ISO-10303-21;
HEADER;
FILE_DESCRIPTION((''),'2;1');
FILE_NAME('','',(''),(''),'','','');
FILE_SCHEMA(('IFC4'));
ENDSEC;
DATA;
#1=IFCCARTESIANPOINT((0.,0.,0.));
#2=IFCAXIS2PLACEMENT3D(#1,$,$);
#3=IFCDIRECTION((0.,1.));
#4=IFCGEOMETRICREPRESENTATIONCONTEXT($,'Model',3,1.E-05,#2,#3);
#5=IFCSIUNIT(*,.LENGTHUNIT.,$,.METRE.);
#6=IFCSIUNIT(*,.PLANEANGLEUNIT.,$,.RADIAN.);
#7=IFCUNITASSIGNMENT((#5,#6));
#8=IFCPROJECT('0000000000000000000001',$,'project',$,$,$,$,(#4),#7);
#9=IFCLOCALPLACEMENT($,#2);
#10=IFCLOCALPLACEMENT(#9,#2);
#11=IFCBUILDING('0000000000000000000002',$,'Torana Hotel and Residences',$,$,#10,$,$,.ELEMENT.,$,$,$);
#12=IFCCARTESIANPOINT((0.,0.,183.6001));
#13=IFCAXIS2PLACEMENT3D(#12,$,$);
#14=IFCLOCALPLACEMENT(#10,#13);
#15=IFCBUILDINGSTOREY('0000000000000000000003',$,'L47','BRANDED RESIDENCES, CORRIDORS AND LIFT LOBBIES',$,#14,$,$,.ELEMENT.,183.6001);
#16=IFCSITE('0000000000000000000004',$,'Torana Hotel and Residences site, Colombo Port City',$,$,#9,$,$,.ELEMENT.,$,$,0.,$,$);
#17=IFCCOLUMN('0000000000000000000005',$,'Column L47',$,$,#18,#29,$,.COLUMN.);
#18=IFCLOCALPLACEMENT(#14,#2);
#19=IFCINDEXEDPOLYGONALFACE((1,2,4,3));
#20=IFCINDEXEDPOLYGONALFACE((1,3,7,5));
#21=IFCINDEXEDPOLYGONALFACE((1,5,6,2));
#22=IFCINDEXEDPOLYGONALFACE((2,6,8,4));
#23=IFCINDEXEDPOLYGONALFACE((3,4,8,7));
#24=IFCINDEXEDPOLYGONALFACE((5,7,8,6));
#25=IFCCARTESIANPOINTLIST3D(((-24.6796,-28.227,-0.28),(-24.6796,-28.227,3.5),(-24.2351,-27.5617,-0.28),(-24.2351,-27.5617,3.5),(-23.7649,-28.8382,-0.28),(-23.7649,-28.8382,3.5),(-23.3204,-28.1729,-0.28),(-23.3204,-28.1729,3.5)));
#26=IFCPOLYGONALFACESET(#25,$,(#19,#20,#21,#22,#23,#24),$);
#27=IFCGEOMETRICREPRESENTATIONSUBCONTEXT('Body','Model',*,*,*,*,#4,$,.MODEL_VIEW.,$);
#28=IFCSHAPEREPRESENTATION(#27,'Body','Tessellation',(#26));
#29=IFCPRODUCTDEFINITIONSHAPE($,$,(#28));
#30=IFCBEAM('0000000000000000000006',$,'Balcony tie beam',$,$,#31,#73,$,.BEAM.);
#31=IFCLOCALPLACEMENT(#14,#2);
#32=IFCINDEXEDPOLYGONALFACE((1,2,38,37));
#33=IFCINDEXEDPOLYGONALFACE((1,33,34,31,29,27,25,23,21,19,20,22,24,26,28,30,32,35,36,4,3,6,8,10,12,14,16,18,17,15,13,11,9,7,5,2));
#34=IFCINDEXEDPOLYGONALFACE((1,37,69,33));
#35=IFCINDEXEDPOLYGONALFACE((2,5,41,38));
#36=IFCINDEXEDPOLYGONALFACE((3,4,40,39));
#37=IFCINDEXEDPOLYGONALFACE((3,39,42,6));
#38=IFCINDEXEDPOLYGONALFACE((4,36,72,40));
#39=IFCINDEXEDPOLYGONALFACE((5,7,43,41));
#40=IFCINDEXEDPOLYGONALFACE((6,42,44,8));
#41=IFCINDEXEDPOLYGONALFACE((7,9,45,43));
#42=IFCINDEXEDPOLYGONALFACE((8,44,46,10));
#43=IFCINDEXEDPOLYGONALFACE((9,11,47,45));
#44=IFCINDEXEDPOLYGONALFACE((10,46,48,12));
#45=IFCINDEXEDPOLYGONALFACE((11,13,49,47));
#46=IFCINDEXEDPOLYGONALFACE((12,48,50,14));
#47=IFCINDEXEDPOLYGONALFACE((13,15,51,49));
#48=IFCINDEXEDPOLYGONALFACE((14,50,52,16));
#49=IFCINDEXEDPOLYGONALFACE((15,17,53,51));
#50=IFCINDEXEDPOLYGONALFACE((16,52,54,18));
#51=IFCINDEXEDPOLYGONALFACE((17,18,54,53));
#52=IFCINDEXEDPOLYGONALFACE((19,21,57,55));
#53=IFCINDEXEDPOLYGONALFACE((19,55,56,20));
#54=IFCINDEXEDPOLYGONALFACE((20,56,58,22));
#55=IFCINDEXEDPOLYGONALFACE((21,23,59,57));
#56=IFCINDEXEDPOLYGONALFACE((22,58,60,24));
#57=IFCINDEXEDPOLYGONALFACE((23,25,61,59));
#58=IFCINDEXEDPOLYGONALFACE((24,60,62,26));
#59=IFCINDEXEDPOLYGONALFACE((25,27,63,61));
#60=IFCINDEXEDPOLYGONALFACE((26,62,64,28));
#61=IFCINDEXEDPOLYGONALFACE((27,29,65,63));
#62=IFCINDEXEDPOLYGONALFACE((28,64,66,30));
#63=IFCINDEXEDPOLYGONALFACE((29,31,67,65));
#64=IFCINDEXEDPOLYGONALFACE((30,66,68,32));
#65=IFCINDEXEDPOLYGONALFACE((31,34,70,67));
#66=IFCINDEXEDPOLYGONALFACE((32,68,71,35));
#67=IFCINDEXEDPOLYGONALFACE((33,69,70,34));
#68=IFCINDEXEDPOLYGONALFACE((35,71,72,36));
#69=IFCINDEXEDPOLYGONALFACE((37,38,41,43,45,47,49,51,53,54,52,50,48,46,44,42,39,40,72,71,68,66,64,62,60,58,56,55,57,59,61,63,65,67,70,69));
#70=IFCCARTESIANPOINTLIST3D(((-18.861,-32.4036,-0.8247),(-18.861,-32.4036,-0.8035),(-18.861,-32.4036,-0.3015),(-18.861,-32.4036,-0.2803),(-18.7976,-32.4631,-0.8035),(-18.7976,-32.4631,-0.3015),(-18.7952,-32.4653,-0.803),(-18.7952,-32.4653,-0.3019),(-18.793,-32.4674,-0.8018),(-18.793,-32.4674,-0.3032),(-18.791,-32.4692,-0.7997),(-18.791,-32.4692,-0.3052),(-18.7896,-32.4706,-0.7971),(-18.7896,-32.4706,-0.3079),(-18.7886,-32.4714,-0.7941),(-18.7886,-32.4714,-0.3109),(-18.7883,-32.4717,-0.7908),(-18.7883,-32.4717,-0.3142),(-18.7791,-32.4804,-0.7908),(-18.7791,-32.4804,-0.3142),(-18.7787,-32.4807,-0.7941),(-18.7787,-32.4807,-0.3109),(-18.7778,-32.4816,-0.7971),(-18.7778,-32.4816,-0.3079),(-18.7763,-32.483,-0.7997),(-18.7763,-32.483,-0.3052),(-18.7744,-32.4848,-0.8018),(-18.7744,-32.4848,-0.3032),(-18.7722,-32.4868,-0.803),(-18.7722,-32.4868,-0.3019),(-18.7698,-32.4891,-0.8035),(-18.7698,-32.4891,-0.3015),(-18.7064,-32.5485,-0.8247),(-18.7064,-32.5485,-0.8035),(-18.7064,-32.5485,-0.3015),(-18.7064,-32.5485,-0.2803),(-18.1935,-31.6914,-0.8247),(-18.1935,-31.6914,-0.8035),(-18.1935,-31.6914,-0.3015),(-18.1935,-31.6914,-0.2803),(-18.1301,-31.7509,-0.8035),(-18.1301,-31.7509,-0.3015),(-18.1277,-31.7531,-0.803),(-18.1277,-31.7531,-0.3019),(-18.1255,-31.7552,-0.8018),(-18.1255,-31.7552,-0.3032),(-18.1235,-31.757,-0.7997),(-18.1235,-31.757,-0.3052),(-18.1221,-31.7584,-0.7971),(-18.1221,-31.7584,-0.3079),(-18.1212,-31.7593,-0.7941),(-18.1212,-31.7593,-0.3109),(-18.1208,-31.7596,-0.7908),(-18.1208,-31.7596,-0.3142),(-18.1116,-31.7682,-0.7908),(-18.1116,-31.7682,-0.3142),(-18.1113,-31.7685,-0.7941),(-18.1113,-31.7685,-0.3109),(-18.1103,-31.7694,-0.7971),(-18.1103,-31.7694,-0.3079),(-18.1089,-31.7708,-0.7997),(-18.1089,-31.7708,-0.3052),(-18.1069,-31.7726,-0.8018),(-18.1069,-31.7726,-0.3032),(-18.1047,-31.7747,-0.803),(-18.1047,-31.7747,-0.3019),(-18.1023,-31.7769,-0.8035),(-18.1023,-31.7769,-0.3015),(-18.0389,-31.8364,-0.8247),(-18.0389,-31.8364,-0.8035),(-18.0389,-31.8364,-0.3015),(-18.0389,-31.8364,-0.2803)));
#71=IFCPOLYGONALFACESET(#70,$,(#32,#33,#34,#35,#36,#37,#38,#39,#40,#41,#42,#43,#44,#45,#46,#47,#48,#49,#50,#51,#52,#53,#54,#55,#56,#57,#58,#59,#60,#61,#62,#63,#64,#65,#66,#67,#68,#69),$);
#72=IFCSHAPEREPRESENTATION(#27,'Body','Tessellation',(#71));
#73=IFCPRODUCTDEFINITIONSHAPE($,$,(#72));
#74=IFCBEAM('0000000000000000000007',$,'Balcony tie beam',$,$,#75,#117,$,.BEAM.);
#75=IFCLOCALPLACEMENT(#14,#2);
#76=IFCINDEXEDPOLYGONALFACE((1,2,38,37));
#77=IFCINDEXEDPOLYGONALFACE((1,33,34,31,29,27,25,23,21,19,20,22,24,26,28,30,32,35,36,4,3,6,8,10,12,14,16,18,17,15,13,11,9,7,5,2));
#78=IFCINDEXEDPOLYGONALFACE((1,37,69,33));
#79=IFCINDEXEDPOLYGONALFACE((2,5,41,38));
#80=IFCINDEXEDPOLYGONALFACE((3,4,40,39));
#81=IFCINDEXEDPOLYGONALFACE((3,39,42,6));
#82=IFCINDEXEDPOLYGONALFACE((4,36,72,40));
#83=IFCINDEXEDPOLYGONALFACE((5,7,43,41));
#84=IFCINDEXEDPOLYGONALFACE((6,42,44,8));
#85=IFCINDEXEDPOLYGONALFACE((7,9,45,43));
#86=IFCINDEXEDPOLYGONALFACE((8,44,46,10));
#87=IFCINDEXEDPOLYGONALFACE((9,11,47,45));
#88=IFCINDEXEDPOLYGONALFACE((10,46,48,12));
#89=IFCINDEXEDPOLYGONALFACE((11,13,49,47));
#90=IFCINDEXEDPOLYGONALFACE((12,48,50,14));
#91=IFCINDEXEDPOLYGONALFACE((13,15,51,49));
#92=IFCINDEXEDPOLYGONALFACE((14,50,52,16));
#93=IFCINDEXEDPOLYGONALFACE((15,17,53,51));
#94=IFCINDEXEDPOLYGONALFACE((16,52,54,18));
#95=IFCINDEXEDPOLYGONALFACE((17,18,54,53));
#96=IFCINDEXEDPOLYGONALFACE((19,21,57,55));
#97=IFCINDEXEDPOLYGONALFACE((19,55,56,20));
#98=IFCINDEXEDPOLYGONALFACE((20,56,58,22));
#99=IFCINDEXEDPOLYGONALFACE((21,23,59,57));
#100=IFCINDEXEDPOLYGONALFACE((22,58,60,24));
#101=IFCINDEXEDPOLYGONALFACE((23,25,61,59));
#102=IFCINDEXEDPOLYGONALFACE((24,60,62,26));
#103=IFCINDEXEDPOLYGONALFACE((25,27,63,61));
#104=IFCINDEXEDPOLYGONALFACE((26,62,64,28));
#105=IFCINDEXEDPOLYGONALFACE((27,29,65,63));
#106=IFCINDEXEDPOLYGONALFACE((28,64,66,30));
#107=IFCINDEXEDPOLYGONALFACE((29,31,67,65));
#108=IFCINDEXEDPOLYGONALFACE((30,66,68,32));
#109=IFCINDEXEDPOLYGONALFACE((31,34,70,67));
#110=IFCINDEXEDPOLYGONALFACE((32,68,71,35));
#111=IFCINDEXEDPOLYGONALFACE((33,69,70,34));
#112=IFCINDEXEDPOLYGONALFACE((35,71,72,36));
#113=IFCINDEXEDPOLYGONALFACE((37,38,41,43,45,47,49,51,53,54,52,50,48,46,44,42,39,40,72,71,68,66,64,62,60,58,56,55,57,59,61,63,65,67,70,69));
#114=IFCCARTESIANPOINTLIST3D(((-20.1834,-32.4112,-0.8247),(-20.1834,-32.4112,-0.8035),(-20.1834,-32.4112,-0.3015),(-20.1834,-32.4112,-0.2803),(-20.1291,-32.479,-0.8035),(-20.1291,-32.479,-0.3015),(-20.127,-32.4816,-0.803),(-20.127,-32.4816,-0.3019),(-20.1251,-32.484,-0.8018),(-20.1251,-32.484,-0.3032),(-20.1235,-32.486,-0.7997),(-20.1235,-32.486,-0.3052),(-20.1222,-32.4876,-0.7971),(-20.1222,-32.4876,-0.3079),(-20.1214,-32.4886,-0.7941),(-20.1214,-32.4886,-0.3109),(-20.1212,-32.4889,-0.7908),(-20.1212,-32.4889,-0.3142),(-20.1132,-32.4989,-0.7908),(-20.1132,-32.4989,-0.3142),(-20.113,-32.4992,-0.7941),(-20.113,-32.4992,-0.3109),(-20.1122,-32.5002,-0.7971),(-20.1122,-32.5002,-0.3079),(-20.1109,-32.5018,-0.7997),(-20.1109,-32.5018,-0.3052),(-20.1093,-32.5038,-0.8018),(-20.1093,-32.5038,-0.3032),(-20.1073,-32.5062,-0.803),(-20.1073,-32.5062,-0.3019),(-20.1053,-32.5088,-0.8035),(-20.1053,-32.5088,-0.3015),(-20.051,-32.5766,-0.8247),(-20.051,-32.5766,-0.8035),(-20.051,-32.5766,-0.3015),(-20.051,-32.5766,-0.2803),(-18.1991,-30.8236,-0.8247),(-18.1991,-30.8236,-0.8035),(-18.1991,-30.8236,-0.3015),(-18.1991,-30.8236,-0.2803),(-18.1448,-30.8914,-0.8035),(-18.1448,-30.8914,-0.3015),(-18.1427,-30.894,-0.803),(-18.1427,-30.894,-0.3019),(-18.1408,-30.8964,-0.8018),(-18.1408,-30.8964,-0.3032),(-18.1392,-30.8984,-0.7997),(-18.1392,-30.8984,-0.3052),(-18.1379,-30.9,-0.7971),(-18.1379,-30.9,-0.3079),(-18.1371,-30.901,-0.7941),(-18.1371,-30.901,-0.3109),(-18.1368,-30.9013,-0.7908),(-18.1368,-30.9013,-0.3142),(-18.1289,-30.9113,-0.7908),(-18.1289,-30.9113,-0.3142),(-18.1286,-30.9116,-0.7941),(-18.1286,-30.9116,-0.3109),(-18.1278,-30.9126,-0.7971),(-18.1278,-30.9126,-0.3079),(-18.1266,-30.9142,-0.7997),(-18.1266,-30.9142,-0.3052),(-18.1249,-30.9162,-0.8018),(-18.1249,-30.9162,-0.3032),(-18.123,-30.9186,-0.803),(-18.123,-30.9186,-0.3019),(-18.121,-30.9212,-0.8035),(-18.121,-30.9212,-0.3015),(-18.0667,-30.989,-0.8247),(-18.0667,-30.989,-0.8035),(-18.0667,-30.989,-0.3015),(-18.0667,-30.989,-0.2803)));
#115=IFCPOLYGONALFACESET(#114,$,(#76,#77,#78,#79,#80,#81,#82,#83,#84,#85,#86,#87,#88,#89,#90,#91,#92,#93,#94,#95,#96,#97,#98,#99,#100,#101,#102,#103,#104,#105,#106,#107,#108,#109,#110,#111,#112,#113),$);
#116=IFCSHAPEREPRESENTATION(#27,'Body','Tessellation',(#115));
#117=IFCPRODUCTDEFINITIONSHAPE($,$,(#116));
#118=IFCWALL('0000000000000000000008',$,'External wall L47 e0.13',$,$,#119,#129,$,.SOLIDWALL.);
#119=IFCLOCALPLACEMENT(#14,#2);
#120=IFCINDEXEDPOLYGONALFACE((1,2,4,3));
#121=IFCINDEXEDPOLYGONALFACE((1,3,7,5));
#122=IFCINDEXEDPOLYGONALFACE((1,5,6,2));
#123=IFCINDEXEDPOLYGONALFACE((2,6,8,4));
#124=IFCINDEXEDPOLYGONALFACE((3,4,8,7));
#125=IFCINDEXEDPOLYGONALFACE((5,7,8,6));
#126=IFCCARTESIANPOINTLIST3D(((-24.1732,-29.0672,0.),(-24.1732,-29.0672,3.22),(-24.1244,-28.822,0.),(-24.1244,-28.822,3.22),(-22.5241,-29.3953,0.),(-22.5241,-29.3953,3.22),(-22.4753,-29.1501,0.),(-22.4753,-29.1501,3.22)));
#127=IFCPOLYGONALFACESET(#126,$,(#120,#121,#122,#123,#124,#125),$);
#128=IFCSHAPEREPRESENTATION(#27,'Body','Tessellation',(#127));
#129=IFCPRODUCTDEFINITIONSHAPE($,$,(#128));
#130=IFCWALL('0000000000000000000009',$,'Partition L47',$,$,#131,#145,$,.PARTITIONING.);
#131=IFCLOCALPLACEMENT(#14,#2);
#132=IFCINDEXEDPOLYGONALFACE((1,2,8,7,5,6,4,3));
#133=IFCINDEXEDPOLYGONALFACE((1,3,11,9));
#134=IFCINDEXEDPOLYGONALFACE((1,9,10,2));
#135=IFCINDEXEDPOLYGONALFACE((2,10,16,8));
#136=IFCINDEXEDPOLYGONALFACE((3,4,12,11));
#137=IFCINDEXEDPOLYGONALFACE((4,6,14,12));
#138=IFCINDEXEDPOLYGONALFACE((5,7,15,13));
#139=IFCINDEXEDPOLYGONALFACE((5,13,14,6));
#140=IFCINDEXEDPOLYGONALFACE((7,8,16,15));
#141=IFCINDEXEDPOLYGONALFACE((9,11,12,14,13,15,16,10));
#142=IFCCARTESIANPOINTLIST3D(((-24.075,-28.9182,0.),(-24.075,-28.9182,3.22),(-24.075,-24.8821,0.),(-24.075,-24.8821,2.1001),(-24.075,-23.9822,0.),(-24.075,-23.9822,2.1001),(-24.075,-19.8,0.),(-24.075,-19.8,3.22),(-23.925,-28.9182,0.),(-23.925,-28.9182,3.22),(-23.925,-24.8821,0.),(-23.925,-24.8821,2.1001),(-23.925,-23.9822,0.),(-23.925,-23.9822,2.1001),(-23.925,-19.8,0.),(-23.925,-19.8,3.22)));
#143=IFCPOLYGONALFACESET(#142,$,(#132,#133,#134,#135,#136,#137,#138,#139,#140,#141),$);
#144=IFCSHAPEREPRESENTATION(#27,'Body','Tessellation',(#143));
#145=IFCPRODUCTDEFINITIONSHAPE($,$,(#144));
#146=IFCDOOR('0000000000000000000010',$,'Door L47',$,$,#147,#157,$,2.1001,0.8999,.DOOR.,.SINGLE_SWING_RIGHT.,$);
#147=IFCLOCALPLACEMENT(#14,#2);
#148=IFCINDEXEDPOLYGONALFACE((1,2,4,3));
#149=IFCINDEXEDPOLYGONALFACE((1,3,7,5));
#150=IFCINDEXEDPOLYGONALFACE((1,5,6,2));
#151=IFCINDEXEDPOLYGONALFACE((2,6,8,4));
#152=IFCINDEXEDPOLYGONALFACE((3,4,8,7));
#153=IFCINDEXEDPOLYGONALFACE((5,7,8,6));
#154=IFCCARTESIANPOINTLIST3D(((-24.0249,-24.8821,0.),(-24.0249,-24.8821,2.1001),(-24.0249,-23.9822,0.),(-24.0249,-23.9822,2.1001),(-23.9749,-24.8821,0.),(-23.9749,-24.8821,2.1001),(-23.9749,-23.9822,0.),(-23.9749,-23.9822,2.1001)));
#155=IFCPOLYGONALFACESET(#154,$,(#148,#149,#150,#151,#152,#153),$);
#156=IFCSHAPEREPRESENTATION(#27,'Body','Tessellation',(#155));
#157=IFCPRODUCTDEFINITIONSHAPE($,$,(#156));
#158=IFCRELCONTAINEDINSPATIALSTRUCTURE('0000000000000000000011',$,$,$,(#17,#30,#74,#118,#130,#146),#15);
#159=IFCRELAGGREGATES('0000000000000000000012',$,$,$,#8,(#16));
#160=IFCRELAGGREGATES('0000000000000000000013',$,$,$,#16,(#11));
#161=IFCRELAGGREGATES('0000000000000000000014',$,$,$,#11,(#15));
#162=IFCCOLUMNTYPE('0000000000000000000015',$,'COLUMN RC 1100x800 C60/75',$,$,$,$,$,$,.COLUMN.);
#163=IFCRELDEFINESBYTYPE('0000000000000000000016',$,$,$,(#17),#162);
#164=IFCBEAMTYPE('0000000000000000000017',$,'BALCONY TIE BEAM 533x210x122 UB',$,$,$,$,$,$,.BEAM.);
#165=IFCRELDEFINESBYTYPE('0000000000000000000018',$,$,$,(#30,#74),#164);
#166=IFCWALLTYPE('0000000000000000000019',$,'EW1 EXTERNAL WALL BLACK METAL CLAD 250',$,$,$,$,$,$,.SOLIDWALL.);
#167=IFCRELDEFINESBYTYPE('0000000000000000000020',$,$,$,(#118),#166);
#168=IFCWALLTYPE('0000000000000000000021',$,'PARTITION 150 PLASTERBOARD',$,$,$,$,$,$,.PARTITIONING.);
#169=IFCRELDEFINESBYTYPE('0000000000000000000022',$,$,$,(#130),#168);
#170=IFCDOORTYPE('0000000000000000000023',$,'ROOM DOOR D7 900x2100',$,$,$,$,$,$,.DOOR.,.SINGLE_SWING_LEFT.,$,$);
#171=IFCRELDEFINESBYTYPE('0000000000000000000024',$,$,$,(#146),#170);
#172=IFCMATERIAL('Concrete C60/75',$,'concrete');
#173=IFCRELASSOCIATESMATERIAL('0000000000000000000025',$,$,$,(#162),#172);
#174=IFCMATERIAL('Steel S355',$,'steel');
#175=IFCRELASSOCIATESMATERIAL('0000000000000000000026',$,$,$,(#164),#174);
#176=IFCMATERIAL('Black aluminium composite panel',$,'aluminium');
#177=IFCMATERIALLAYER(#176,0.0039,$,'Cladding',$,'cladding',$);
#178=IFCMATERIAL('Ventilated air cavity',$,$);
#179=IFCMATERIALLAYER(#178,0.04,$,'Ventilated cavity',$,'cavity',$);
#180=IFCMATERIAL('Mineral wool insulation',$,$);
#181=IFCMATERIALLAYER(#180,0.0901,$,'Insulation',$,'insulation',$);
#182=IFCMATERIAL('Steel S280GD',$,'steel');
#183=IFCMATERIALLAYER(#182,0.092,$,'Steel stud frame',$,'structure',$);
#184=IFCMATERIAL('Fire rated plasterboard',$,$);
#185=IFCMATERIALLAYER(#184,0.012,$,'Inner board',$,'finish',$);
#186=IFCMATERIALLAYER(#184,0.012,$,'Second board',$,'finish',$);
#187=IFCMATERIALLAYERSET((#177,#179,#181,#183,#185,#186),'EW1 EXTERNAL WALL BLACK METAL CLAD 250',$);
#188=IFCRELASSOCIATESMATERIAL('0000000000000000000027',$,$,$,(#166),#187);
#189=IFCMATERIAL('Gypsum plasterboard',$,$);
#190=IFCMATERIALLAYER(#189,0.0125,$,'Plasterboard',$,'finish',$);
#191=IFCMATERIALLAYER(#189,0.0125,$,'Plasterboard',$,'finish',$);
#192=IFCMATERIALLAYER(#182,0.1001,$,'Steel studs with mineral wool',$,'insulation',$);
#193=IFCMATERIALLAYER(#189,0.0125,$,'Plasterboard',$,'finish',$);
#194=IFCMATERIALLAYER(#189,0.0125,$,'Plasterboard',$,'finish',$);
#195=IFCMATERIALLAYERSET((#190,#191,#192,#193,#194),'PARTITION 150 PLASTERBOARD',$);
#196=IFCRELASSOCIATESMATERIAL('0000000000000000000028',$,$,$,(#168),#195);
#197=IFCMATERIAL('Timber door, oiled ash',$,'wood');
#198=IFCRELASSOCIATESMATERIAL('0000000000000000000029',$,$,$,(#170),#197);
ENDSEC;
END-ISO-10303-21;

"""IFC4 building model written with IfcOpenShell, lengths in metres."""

from ifc_helpers import new_model, si_unit, direction, frame, frame_2d, origin, origin_2d, place, context, subcontext, project, spatial, rectangle, i_section, extrude, material, layer, layer_set, material_profile, profile_set, type_object, element, fill, save


model = new_model("IFC4")

# Units and contexts
model_context = context("Model", 3, precision=1e-05, world=origin(), true_north=direction((0.0, 1.0)))
body_context = subcontext(model_context, "Body", "Model", "MODEL_VIEW")
ifc_project = project(units=[si_unit("LENGTHUNIT", "METRE"), si_unit("PLANEANGLEUNIT", "RADIAN")], contexts=[model_context])

# Site, building, storey
site_placement = place(None, origin())
site = spatial("IfcSite", under=ifc_project, at=site_placement, Name="Torana Hotel and Residences site, Colombo Port City", CompositionType="ELEMENT", RefElevation=0.0)
building_placement = place(site_placement, origin())
building = spatial("IfcBuilding", under=site, at=building_placement, Name="Torana Hotel and Residences", CompositionType="ELEMENT")
storey_placement = place(building_placement, frame((0.0, 0.0, 183.6001)))
storey = spatial("IfcBuildingStorey", under=building, at=storey_placement, Name="L47", Description="BRANDED RESIDENCES, CORRIDORS AND LIFT LOBBIES", CompositionType="ELEMENT", Elevation=183.6001)

# Column
ifc_material_1 = material(Name="Concrete C60/75", Category="concrete")
ifc_material_profile_1 = material_profile(ifc_material_1, rectangle(XDim=1.1001, YDim=0.8, at=origin_2d()), Name="RC 1100x800")
ifc_profile_set_1 = profile_set([ifc_material_profile_1], Name="Concrete C60/75")
column_type = type_object("IfcColumnType", Name="COLUMN RC 1100x800 C60/75", PredefinedType="COLUMN", material=ifc_profile_set_1)
column_placement = place(storey_placement, frame((-24.0, -28.2, -0.28), z_axis=(0.0, 0.0, 1.0), x_axis=(-0.83146, 0.555585, 0.0)))
element("IfcColumn", 1, at=column_placement, inside=storey, type_object=column_type, Name="Column L47", PredefinedType="COLUMN", context=body_context, shape_type="SweptSolid", body=[
    extrude(rectangle(XDim=1.1001, YDim=0.8, at=origin_2d()), origin(), (0.0, 0.0, 1.0), 3.78),
])

# Beams
ifc_material_2 = material(Name="Steel S355", Category="steel")
ifc_material_profile_2 = material_profile(ifc_material_2, i_section(OverallWidth=0.2119, OverallDepth=0.5444, WebThickness=0.0127, FlangeThickness=0.0212, FilletRadius=0.0127, at=origin_2d()), Name="533x210x122 UB")
ifc_profile_set_2 = profile_set([ifc_material_profile_2], Name="Steel S355")
beam_type = type_object("IfcBeamType", Name="BALCONY TIE BEAM 533x210x122 UB", PredefinedType="BEAM", material=ifc_profile_set_2)
beam_1_placement = place(storey_placement, frame((-18.7837, -32.4761, -0.5525), z_axis=(0.68385, 0.729623, 0.0), x_axis=(-0.729623, 0.68385, 0.0)))
element("IfcBeam", 2, at=beam_1_placement, inside=storey, type_object=beam_type, Name="Balcony tie beam", PredefinedType="BEAM", context=body_context, shape_type="SweptSolid", body=[
    extrude(i_section(OverallWidth=0.2119, OverallDepth=0.5444, WebThickness=0.0127, FlangeThickness=0.0212, FilletRadius=0.0127, at=origin_2d()), origin(), (0.0, 0.0, 1.0), 0.9761),
])
beam_2_placement = place(storey_placement, frame((-20.1172, -32.4939, -0.5525), z_axis=(0.780841, 0.62473, 0.0), x_axis=(-0.62473, 0.780841, 0.0)))
element("IfcBeam", 3, at=beam_2_placement, inside=storey, type_object=beam_type, Name="Balcony tie beam", PredefinedType="BEAM", context=body_context, shape_type="SweptSolid", body=[
    extrude(i_section(OverallWidth=0.2119, OverallDepth=0.5444, WebThickness=0.0127, FlangeThickness=0.0212, FilletRadius=0.0127, at=origin_2d()), origin(), (0.0, 0.0, 1.0), 2.5413),
])

# Wall
ifc_material_3 = material(Name="Black aluminium composite panel", Category="aluminium")
ifc_layer_1 = layer(ifc_material_3, 0.0039, Name="Cladding", Category="cladding")
ifc_material_4 = material(Name="Ventilated air cavity")
ifc_layer_2 = layer(ifc_material_4, 0.04, Name="Ventilated cavity", Category="cavity")
ifc_material_5 = material(Name="Mineral wool insulation")
ifc_layer_3 = layer(ifc_material_5, 0.0901, Name="Insulation", Category="insulation")
ifc_material_6 = material(Name="Steel S280GD", Category="steel")
ifc_layer_4 = layer(ifc_material_6, 0.092, Name="Steel stud frame", Category="structure")
ifc_material_7 = material(Name="Fire rated plasterboard")
ifc_layer_5 = layer(ifc_material_7, 0.012, Name="Inner board", Category="finish")
ifc_layer_6 = layer(ifc_material_7, 0.012, Name="Second board", Category="finish")
ifc_layer_set_1 = layer_set([ifc_layer_1, ifc_layer_2, ifc_layer_3, ifc_layer_4, ifc_layer_5, ifc_layer_6], Name="EW1 EXTERNAL WALL BLACK METAL CLAD 250")
wall_type_1 = type_object("IfcWallType", Name="EW1 EXTERNAL WALL BLACK METAL CLAD 250", PredefinedType="SOLIDWALL", material=ifc_layer_set_1)
wall_1_placement = place(storey_placement, frame((-24.1489, -28.9446, 0.0), z_axis=(0.0, 0.0, 1.0), x_axis=(0.980776, -0.195139, 0.0)))
element("IfcWall", 4, at=wall_1_placement, inside=storey, type_object=wall_type_1, Name="External wall L47 e0.13", PredefinedType="SOLIDWALL", context=body_context, shape_type="SweptSolid", body=[
    extrude(rectangle(XDim=1.6814, YDim=0.25, at=frame_2d((0.8408, 0.0))), origin(), (0.0, 0.0, 1.0), 3.22),
])

# Wall, opening, door
ifc_material_8 = material(Name="Gypsum plasterboard")
ifc_layer_7 = layer(ifc_material_8, 0.0125, Name="Plasterboard", Category="finish")
ifc_layer_8 = layer(ifc_material_8, 0.0125, Name="Plasterboard", Category="finish")
ifc_layer_9 = layer(ifc_material_6, 0.1001, Name="Steel studs with mineral wool", Category="insulation")
ifc_layer_10 = layer(ifc_material_8, 0.0125, Name="Plasterboard", Category="finish")
ifc_layer_11 = layer(ifc_material_8, 0.0125, Name="Plasterboard", Category="finish")
ifc_layer_set_2 = layer_set([ifc_layer_7, ifc_layer_8, ifc_layer_9, ifc_layer_10, ifc_layer_11], Name="PARTITION 150 PLASTERBOARD")
wall_type_2 = type_object("IfcWallType", Name="PARTITION 150 PLASTERBOARD", PredefinedType="PARTITIONING", material=ifc_layer_set_2)
wall_2_placement = place(storey_placement, frame((-24.0, -28.9182, 0.0), z_axis=(0.0, 0.0, 1.0), x_axis=(0.0, 1.0, 0.0)))
wall_2 = element("IfcWall", 5, at=wall_2_placement, inside=storey, type_object=wall_type_2, Name="Partition L47", PredefinedType="PARTITIONING", context=body_context, shape_type="SweptSolid", body=[
    extrude(rectangle(XDim=9.1182, YDim=0.1499, at=frame_2d((4.5591, 0.0))), origin(), (0.0, 0.0, 1.0), 3.22),
])
opening_1_placement = place(wall_2_placement, frame((4.0361, 0.0, 0.0)))
opening_1 = element("IfcOpeningElement", 6, at=opening_1_placement, cuts=wall_2, PredefinedType="OPENING", context=body_context, shape_type="SweptSolid", body=[
    extrude(rectangle(XDim=0.8999, YDim=2.1001, at=frame_2d((0.45, 1.05))), frame((0.0, 0.085, 0.0), z_axis=(0.0, -1.0, 0.0), x_axis=(1.0, 0.0, 0.0)), (0.0, 0.0, 1.0), 0.1699),
])
ifc_material_9 = material(Name="Timber door, oiled ash", Category="wood")
door_type_1 = type_object("IfcDoorType", Name="ROOM DOOR D7 900x2100", OperationType="SINGLE_SWING_LEFT", PredefinedType="DOOR", material=ifc_material_9)
door_1_placement = place(opening_1_placement, origin())
door_1 = element("IfcDoor", 7, at=door_1_placement, inside=storey, type_object=door_type_1, Name="Door L47", OperationType="SINGLE_SWING_RIGHT", OverallHeight=2.1001, OverallWidth=0.8999, PredefinedType="DOOR", context=body_context, shape_type="SweptSolid", body=[
    extrude(rectangle(XDim=0.8999, YDim=2.1001, at=frame_2d((0.45, 1.05))), frame((0.0, 0.0249, 0.0), z_axis=(0.0, -1.0, 0.0), x_axis=(1.0, 0.0, 0.0)), (0.0, 0.0, 1.0), 0.05),
])
fill(opening_1, door_1)

save(model, "model.ifc")
